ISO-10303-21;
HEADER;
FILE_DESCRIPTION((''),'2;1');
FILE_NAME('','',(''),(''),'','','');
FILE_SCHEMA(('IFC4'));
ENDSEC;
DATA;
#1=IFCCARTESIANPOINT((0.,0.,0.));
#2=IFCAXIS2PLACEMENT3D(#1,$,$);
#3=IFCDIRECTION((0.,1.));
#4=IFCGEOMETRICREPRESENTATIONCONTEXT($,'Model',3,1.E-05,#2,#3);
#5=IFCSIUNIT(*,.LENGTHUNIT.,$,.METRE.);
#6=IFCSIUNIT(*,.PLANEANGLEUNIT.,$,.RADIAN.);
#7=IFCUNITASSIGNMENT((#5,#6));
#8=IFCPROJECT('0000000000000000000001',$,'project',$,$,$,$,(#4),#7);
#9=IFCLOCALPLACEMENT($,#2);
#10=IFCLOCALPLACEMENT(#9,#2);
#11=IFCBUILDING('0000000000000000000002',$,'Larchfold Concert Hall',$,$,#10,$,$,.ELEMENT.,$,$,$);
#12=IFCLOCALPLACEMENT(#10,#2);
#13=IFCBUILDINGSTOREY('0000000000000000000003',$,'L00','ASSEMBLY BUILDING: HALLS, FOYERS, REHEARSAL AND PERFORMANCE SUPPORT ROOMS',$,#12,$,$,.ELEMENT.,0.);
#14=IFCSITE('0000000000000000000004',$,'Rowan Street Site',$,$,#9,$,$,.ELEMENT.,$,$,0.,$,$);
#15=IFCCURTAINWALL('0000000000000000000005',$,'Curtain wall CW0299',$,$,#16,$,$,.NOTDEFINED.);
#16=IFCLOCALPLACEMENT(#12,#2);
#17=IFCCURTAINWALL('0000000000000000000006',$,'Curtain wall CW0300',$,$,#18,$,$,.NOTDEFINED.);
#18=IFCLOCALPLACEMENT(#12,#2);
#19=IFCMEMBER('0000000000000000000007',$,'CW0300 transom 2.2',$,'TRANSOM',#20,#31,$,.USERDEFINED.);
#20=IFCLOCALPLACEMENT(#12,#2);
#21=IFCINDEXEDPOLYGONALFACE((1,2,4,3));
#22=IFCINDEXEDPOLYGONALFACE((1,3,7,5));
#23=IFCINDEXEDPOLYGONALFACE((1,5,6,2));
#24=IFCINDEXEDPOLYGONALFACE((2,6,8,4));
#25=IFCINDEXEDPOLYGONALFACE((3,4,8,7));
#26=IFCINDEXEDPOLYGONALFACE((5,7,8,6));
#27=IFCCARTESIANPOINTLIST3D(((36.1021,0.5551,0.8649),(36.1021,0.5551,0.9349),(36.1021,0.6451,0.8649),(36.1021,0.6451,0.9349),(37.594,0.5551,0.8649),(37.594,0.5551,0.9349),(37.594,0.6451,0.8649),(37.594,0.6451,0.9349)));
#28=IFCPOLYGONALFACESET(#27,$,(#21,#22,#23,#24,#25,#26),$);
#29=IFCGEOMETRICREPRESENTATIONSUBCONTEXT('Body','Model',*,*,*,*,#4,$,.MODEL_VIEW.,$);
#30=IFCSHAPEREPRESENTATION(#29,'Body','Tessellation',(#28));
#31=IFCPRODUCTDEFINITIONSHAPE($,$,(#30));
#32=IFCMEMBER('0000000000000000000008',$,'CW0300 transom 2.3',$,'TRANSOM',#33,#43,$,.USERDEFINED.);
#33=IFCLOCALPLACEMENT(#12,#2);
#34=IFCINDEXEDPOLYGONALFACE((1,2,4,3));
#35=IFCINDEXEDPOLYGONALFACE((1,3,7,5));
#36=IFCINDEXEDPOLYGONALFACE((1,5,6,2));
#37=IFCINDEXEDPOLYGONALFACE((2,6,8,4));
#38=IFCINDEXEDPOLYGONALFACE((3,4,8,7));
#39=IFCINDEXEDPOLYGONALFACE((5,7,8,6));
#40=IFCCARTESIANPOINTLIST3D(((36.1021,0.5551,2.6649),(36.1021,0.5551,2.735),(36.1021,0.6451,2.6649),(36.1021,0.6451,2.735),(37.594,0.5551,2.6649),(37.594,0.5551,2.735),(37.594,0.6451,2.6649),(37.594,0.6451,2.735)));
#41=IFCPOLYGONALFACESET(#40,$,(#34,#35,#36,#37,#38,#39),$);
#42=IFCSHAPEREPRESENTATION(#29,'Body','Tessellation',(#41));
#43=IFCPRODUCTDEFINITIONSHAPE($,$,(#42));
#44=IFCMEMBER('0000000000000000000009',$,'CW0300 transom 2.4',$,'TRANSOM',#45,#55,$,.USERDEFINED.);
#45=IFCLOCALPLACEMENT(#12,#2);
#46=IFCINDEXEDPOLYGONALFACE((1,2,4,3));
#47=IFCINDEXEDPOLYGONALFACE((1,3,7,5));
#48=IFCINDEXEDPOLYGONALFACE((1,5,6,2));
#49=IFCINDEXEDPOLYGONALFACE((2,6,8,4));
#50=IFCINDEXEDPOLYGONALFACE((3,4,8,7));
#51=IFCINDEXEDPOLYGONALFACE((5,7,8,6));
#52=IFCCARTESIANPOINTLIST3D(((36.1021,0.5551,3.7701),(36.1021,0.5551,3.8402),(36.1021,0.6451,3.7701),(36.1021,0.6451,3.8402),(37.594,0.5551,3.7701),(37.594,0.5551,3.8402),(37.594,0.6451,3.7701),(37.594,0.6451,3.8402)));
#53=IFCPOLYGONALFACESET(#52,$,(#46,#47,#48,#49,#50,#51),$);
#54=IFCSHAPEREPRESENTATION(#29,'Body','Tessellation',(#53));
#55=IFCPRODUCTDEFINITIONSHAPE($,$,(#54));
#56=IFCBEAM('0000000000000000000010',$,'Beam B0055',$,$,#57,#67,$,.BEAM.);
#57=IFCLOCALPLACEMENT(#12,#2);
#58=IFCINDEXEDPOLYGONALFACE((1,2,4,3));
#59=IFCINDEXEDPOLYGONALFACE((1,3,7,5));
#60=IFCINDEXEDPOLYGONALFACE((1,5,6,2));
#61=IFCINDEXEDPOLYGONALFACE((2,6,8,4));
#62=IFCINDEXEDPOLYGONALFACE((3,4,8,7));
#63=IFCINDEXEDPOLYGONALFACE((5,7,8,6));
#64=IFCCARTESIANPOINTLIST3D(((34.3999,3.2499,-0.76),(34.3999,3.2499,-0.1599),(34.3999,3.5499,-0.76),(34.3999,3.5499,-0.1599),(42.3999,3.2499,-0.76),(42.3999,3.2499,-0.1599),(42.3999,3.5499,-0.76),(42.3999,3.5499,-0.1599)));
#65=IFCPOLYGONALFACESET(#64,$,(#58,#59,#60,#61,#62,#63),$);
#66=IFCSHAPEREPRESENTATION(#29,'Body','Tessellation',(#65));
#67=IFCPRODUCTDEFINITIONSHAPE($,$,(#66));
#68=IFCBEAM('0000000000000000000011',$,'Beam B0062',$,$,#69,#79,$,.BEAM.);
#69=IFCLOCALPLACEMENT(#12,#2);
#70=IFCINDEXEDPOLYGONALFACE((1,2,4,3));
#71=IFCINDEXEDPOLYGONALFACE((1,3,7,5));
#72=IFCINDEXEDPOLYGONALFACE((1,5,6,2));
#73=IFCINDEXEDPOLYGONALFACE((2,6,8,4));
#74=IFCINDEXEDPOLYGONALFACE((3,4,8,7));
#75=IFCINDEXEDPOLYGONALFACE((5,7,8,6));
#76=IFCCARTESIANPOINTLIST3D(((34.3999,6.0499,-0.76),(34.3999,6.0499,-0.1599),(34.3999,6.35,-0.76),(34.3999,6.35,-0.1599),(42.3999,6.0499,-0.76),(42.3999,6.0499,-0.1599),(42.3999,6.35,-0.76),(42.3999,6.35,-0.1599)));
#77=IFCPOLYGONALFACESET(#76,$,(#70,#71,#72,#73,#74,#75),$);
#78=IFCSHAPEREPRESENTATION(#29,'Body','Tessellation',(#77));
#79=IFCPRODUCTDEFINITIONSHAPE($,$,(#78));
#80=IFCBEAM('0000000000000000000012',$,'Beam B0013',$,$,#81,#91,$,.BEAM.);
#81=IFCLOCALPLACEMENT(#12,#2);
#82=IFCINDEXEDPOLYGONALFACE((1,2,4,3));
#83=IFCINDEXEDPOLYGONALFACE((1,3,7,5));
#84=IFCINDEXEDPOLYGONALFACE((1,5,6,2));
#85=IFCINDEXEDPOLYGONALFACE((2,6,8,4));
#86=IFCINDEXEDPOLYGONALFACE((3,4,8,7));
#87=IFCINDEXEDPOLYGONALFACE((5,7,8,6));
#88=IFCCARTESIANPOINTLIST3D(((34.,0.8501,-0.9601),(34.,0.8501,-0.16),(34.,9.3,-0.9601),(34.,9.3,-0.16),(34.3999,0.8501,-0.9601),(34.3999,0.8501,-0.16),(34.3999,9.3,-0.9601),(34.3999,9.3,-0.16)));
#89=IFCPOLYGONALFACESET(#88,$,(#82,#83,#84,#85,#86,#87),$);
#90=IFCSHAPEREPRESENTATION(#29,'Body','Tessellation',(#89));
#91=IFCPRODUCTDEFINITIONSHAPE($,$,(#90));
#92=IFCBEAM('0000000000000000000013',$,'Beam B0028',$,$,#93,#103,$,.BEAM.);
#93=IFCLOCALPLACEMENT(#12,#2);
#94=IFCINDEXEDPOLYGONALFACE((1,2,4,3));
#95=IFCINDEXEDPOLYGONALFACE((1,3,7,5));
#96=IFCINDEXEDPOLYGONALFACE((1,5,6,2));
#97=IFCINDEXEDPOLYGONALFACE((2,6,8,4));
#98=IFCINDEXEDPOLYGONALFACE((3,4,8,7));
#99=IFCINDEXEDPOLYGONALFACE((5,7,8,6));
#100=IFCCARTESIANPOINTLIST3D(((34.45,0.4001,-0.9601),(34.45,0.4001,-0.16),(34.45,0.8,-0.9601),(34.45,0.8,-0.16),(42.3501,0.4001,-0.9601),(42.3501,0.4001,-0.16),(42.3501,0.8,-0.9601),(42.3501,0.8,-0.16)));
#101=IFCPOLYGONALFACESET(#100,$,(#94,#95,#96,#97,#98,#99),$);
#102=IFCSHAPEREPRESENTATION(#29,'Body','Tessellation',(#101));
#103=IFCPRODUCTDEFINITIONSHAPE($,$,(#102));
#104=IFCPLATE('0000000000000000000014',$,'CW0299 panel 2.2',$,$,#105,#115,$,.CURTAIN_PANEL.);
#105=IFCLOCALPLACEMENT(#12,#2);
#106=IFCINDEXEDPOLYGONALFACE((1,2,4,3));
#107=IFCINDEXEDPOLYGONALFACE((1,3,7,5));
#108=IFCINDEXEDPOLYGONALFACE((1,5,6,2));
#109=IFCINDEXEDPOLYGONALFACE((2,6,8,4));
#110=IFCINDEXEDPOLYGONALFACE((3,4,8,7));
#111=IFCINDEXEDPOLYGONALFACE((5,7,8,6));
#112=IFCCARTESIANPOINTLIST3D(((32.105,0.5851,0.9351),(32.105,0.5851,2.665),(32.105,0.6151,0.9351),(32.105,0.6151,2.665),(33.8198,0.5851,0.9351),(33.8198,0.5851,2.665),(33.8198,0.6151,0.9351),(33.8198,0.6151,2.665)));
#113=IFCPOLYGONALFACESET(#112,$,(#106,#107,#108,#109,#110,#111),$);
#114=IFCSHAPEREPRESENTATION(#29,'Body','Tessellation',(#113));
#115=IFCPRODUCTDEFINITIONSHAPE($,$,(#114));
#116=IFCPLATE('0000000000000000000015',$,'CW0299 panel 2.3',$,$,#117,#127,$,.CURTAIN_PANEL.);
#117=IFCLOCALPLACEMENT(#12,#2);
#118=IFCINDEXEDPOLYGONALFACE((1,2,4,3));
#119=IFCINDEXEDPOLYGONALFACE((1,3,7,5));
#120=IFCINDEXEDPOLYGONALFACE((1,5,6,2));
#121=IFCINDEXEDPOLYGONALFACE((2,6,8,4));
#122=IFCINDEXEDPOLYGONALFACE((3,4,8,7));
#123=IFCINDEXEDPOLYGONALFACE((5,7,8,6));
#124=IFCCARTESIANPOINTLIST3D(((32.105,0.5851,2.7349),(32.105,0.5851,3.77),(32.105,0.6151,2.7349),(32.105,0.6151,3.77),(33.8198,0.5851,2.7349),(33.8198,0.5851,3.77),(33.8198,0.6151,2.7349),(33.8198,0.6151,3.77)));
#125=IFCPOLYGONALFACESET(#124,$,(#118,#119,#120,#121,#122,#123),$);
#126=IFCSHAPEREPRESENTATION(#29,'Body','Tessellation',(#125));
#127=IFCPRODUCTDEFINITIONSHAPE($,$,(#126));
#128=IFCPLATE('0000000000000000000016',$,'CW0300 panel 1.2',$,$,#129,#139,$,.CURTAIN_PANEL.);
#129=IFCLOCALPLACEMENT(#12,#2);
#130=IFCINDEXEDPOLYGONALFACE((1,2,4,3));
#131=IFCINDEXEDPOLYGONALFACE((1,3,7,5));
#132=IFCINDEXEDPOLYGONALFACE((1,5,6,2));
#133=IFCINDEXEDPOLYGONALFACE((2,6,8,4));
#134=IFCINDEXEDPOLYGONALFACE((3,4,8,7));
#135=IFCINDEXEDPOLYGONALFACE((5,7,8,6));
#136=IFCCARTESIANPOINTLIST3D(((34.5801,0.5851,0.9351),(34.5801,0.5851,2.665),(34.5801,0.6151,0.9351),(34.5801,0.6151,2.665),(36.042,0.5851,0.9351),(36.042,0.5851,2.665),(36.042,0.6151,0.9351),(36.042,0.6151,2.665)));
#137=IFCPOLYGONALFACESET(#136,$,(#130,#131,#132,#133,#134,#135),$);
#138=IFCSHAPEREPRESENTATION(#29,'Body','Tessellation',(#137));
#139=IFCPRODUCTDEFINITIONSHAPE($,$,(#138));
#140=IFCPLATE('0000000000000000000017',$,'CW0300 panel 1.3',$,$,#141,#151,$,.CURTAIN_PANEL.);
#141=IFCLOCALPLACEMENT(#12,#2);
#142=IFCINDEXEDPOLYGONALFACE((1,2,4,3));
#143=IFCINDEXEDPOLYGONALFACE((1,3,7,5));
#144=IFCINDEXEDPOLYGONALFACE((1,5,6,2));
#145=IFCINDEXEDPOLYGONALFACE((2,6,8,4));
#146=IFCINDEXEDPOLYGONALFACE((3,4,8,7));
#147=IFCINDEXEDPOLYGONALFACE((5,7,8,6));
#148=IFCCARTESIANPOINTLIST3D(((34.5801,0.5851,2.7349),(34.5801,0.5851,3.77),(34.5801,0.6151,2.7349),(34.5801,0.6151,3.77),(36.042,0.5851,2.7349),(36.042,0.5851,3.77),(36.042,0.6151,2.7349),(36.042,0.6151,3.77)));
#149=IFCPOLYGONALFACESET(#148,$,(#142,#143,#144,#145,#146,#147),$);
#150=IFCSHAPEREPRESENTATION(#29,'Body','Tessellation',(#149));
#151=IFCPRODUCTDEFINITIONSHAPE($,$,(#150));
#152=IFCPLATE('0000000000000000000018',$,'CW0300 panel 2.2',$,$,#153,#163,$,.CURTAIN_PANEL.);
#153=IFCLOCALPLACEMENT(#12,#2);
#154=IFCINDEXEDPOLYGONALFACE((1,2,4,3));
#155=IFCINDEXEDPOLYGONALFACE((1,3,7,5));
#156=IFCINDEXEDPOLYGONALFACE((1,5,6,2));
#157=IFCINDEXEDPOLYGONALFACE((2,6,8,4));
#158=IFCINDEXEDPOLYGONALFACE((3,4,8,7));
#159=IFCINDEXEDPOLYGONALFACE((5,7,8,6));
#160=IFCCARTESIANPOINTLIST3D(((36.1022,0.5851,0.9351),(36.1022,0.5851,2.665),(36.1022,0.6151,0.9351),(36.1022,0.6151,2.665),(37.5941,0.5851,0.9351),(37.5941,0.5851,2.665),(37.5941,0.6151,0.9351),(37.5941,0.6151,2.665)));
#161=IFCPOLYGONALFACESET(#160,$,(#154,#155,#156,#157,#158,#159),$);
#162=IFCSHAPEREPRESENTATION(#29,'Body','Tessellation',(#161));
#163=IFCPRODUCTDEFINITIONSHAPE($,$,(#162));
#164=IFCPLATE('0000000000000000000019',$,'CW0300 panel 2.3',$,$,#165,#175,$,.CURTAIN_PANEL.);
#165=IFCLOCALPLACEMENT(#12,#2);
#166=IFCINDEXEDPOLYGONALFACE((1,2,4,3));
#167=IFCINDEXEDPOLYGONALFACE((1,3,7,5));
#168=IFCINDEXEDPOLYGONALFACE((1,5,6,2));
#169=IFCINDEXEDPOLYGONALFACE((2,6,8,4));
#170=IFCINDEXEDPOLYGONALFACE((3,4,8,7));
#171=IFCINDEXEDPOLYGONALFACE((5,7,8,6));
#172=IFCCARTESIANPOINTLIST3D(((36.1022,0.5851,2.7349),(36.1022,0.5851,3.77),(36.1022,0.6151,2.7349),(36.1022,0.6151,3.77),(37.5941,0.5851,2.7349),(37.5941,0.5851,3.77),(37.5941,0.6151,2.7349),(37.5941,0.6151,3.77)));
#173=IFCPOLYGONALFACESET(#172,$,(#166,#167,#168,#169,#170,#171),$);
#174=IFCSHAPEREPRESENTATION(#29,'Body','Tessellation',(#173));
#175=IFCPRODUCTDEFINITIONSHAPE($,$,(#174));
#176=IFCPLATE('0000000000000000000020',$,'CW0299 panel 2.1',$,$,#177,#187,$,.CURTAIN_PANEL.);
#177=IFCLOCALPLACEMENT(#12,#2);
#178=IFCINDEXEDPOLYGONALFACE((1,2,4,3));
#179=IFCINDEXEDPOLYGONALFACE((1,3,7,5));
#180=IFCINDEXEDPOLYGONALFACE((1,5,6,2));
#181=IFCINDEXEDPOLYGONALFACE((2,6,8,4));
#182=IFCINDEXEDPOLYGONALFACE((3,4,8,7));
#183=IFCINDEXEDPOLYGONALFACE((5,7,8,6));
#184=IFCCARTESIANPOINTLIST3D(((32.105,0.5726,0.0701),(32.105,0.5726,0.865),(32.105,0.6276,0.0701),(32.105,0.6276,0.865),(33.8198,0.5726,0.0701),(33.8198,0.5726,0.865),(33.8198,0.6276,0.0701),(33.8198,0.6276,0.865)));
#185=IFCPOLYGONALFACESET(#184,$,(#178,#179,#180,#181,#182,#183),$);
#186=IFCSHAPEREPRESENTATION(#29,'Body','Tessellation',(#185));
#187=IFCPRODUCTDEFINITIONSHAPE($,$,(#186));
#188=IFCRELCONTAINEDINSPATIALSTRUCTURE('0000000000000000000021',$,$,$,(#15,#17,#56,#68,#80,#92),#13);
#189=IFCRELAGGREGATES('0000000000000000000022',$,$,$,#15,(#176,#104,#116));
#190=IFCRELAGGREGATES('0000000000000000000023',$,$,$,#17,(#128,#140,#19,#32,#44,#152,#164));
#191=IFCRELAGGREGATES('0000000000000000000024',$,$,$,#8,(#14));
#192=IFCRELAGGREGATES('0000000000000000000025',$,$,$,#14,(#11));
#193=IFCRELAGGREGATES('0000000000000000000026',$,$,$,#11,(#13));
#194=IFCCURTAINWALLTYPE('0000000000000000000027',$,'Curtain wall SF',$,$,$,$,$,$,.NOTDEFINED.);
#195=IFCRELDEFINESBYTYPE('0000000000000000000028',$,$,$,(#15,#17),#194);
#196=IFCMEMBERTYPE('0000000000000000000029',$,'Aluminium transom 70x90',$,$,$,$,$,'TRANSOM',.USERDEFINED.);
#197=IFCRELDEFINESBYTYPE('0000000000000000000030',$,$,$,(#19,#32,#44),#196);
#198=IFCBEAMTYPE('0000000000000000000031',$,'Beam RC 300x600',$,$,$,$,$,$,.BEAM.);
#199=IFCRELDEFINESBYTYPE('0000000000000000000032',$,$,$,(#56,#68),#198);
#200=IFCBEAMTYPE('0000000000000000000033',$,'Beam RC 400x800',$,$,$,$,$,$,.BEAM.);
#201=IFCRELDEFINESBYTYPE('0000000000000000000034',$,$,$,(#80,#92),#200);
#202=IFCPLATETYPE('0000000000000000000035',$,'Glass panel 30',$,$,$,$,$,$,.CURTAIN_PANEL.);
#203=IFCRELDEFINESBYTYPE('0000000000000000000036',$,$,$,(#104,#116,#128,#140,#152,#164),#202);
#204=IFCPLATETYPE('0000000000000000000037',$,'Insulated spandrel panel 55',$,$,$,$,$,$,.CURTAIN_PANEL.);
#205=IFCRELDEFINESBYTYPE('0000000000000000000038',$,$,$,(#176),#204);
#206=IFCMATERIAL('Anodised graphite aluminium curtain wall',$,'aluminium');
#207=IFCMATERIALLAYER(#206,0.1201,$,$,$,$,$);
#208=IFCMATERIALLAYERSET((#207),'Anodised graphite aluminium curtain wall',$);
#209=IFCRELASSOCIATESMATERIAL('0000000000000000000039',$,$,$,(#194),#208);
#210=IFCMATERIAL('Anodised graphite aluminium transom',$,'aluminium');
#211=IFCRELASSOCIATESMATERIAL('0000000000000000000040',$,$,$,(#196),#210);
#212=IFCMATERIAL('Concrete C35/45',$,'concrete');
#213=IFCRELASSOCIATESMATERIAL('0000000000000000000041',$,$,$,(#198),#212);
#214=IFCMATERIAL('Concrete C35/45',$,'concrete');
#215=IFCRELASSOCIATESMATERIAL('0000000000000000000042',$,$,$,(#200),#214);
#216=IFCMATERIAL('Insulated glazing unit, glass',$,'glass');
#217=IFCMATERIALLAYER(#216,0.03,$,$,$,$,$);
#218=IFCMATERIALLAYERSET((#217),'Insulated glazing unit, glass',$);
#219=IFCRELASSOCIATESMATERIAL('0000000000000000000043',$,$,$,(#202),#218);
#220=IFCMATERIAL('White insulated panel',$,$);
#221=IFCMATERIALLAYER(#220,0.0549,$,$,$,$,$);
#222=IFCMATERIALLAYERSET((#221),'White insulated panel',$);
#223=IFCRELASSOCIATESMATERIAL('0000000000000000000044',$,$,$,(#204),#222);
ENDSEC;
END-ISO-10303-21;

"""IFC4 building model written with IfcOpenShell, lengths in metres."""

from ifc_helpers import new_model, si_unit, direction, frame, origin, origin_2d, place, context, subcontext, project, spatial, rectangle, extrude, material, layer, layer_set, material_profile, profile_set, type_object, element, aggregate, save


model = new_model("IFC4")

# Units and contexts
model_context = context("Model", 3, precision=1e-05, world=origin(), true_north=direction((0.0, 1.0)))
body_context = subcontext(model_context, "Body", "Model", "MODEL_VIEW")
ifc_project = project(units=[si_unit("LENGTHUNIT", "METRE"), si_unit("PLANEANGLEUNIT", "RADIAN")], contexts=[model_context])

# Site, building, storey
site_placement = place(None, origin())
site = spatial("IfcSite", under=ifc_project, at=site_placement, Name="Rowan Street Site", CompositionType="ELEMENT", RefElevation=0.0)
building_placement = place(site_placement, origin())
building = spatial("IfcBuilding", under=site, at=building_placement, Name="Larchfold Concert Hall", CompositionType="ELEMENT")
storey_placement = place(building_placement, origin())
storey = spatial("IfcBuildingStorey", under=building, at=storey_placement, Name="L00", Description="ASSEMBLY BUILDING: HALLS, FOYERS, REHEARSAL AND PERFORMANCE SUPPORT ROOMS", CompositionType="ELEMENT", Elevation=0.0)

# Curtain walls
ifc_material_1 = material(Name="Anodised graphite aluminium curtain wall", Category="aluminium")
ifc_layer_1 = layer(ifc_material_1, 0.1201)
ifc_layer_set_1 = layer_set([ifc_layer_1], Name="Anodised graphite aluminium curtain wall")
curtain_wall_type = type_object("IfcCurtainWallType", Name="Curtain wall SF", PredefinedType="NOTDEFINED", material=ifc_layer_set_1)
curtain_wall_1_placement = place(storey_placement, origin())
curtain_wall_1 = element("IfcCurtainWall", 1, at=curtain_wall_1_placement, inside=storey, type_object=curtain_wall_type, Name="Curtain wall CW0299", PredefinedType="NOTDEFINED")
curtain_wall_2_placement = place(storey_placement, origin())
curtain_wall_2 = element("IfcCurtainWall", 2, at=curtain_wall_2_placement, inside=storey, type_object=curtain_wall_type, Name="Curtain wall CW0300", PredefinedType="NOTDEFINED")

# Members
ifc_material_2 = material(Name="Anodised graphite aluminium transom", Category="aluminium")
ifc_material_profile_1 = material_profile(ifc_material_2, rectangle(XDim=0.0901, YDim=0.0701, at=origin_2d()))
ifc_profile_set_1 = profile_set([ifc_material_profile_1], Name="Anodised graphite aluminium transom")
member_type_1 = type_object("IfcMemberType", Name="Aluminium transom 70x90", ElementType="TRANSOM", PredefinedType="USERDEFINED", material=ifc_profile_set_1)
member_1_placement = place(storey_placement, frame((36.1021, 0.6001, 0.8999), z_axis=(1.0, 0.0, 0.0), x_axis=(0.0, 1.0, 0.0)))
member_1 = element("IfcMember", 3, at=member_1_placement, type_object=member_type_1, Name="CW0300 transom 2.2", ObjectType="TRANSOM", PredefinedType="USERDEFINED", context=body_context, shape_type="SweptSolid", body=[
    extrude(rectangle(XDim=0.0901, YDim=0.0701, at=origin_2d()), origin(), (0.0, 0.0, 1.0), 1.4919),
])
member_2_placement = place(storey_placement, frame((36.1021, 0.6001, 2.7), z_axis=(1.0, 0.0, 0.0), x_axis=(0.0, 1.0, 0.0)))
member_2 = element("IfcMember", 4, at=member_2_placement, type_object=member_type_1, Name="CW0300 transom 2.3", ObjectType="TRANSOM", PredefinedType="USERDEFINED", context=body_context, shape_type="SweptSolid", body=[
    extrude(rectangle(XDim=0.0901, YDim=0.0701, at=origin_2d()), origin(), (0.0, 0.0, 1.0), 1.4919),
])
member_3_placement = place(storey_placement, frame((36.1021, 0.6001, 3.8052), z_axis=(1.0, 0.0, 0.0), x_axis=(0.0, 1.0, 0.0)))
member_3 = element("IfcMember", 5, at=member_3_placement, type_object=member_type_1, Name="CW0300 transom 2.4", ObjectType="TRANSOM", PredefinedType="USERDEFINED", context=body_context, shape_type="SweptSolid", body=[
    extrude(rectangle(XDim=0.0901, YDim=0.0701, at=origin_2d()), origin(), (0.0, 0.0, 1.0), 1.4919),
])

# Beams
ifc_material_3 = material(Name="Concrete C35/45", Category="concrete")
ifc_material_profile_2 = material_profile(ifc_material_3, rectangle(XDim=0.3, YDim=0.6001, at=origin_2d()))
ifc_profile_set_2 = profile_set([ifc_material_profile_2], Name="Concrete C35/45")
beam_type_1 = type_object("IfcBeamType", Name="Beam RC 300x600", PredefinedType="BEAM", material=ifc_profile_set_2)
for number, where, z_axis, x_axis, name in (
    (6, (34.3999, 3.3999, -0.46), (1.0, 0.0, 0.0), (0.0, 1.0, 0.0), "Beam B0055"),
    (7, (34.3999, 6.2, -0.46), (1.0, 0.0, 0.0), (0.0, 1.0, 0.0), "Beam B0062"),
):
    element("IfcBeam", number, at=place(storey_placement, frame(where, z_axis=z_axis, x_axis=x_axis)), inside=storey, type_object=beam_type_1, Name=name, PredefinedType="BEAM", context=body_context, shape_type="SweptSolid", body=[
        extrude(rectangle(XDim=0.3, YDim=0.6001, at=origin_2d()), origin(), (0.0, 0.0, 1.0), 8.0),
    ])
ifc_material_4 = material(Name="Concrete C35/45", Category="concrete")
ifc_material_profile_3 = material_profile(ifc_material_4, rectangle(XDim=0.3999, YDim=0.8, at=origin_2d()))
ifc_profile_set_3 = profile_set([ifc_material_profile_3], Name="Concrete C35/45")
beam_type_2 = type_object("IfcBeamType", Name="Beam RC 400x800", PredefinedType="BEAM", material=ifc_profile_set_3)
beam_1_placement = place(storey_placement, frame((34.2, 0.8501, -0.5601), z_axis=(0.0, 1.0, 0.0), x_axis=(-1.0, 0.0, 0.0)))
element("IfcBeam", 8, at=beam_1_placement, inside=storey, type_object=beam_type_2, Name="Beam B0013", PredefinedType="BEAM", context=body_context, shape_type="SweptSolid", body=[
    extrude(rectangle(XDim=0.3999, YDim=0.8, at=origin_2d()), origin(), (0.0, 0.0, 1.0), 8.45),
])
beam_2_placement = place(storey_placement, frame((34.45, 0.6001, -0.5601), z_axis=(1.0, 0.0, 0.0), x_axis=(0.0, 1.0, 0.0)))
element("IfcBeam", 9, at=beam_2_placement, inside=storey, type_object=beam_type_2, Name="Beam B0028", PredefinedType="BEAM", context=body_context, shape_type="SweptSolid", body=[
    extrude(rectangle(XDim=0.3999, YDim=0.8, at=origin_2d()), origin(), (0.0, 0.0, 1.0), 7.9001),
])

# Plates
ifc_material_5 = material(Name="Insulated glazing unit, glass", Category="glass")
ifc_layer_2 = layer(ifc_material_5, 0.03)
ifc_layer_set_2 = layer_set([ifc_layer_2], Name="Insulated glazing unit, glass")
plate_type_1 = type_object("IfcPlateType", Name="Glass panel 30", PredefinedType="CURTAIN_PANEL", material=ifc_layer_set_2)
plate_1_placement = place(storey_placement, frame((32.9624, 0.6001, 0.9351), z_axis=(0.0, 0.0, 1.0), x_axis=(1.0, 0.0, 0.0)))
plate_1 = element("IfcPlate", 10, at=plate_1_placement, type_object=plate_type_1, Name="CW0299 panel 2.2", PredefinedType="CURTAIN_PANEL", context=body_context, shape_type="SweptSolid", body=[
    extrude(rectangle(XDim=1.7148, YDim=0.03, at=origin_2d()), origin(), (0.0, 0.0, 1.0), 1.73),
])
plate_2_placement = place(storey_placement, frame((32.9624, 0.6001, 2.7349), z_axis=(0.0, 0.0, 1.0), x_axis=(1.0, 0.0, 0.0)))
plate_2 = element("IfcPlate", 11, at=plate_2_placement, type_object=plate_type_1, Name="CW0299 panel 2.3", PredefinedType="CURTAIN_PANEL", context=body_context, shape_type="SweptSolid", body=[
    extrude(rectangle(XDim=1.7148, YDim=0.03, at=origin_2d()), origin(), (0.0, 0.0, 1.0), 1.0352),
])
plate_3_placement = place(storey_placement, frame((35.311, 0.6001, 0.9351), z_axis=(0.0, 0.0, 1.0), x_axis=(1.0, 0.0, 0.0)))
plate_3 = element("IfcPlate", 12, at=plate_3_placement, type_object=plate_type_1, Name="CW0300 panel 1.2", PredefinedType="CURTAIN_PANEL", context=body_context, shape_type="SweptSolid", body=[
    extrude(rectangle(XDim=1.4619, YDim=0.03, at=origin_2d()), origin(), (0.0, 0.0, 1.0), 1.73),
])
plate_4_placement = place(storey_placement, frame((35.311, 0.6001, 2.7349), z_axis=(0.0, 0.0, 1.0), x_axis=(1.0, 0.0, 0.0)))
plate_4 = element("IfcPlate", 13, at=plate_4_placement, type_object=plate_type_1, Name="CW0300 panel 1.3", PredefinedType="CURTAIN_PANEL", context=body_context, shape_type="SweptSolid", body=[
    extrude(rectangle(XDim=1.4619, YDim=0.03, at=origin_2d()), origin(), (0.0, 0.0, 1.0), 1.0352),
])
plate_5_placement = place(storey_placement, frame((36.8481, 0.6001, 0.9351), z_axis=(0.0, 0.0, 1.0), x_axis=(1.0, 0.0, 0.0)))
plate_5 = element("IfcPlate", 14, at=plate_5_placement, type_object=plate_type_1, Name="CW0300 panel 2.2", PredefinedType="CURTAIN_PANEL", context=body_context, shape_type="SweptSolid", body=[
    extrude(rectangle(XDim=1.4919, YDim=0.03, at=origin_2d()), origin(), (0.0, 0.0, 1.0), 1.73),
])
plate_6_placement = place(storey_placement, frame((36.8481, 0.6001, 2.7349), z_axis=(0.0, 0.0, 1.0), x_axis=(1.0, 0.0, 0.0)))
plate_6 = element("IfcPlate", 15, at=plate_6_placement, type_object=plate_type_1, Name="CW0300 panel 2.3", PredefinedType="CURTAIN_PANEL", context=body_context, shape_type="SweptSolid", body=[
    extrude(rectangle(XDim=1.4919, YDim=0.03, at=origin_2d()), origin(), (0.0, 0.0, 1.0), 1.0352),
])
ifc_material_6 = material(Name="White insulated panel")
ifc_layer_3 = layer(ifc_material_6, 0.0549)
ifc_layer_set_3 = layer_set([ifc_layer_3], Name="White insulated panel")
plate_type_2 = type_object("IfcPlateType", Name="Insulated spandrel panel 55", PredefinedType="CURTAIN_PANEL", material=ifc_layer_set_3)
plate_7_placement = place(storey_placement, frame((32.9624, 0.6001, 0.0701), z_axis=(0.0, 0.0, 1.0), x_axis=(1.0, 0.0, 0.0)))
plate_7 = element("IfcPlate", 16, at=plate_7_placement, type_object=plate_type_2, Name="CW0299 panel 2.1", PredefinedType="CURTAIN_PANEL", context=body_context, shape_type="SweptSolid", body=[
    extrude(rectangle(XDim=1.7148, YDim=0.0549, at=origin_2d()), origin(), (0.0, 0.0, 1.0), 0.7949),
])
aggregate(curtain_wall_1, [plate_7, plate_1, plate_2])
aggregate(curtain_wall_2, [plate_3, plate_4, member_1, member_2, member_3, plate_5, plate_6])

save(model, "model.ifc")
